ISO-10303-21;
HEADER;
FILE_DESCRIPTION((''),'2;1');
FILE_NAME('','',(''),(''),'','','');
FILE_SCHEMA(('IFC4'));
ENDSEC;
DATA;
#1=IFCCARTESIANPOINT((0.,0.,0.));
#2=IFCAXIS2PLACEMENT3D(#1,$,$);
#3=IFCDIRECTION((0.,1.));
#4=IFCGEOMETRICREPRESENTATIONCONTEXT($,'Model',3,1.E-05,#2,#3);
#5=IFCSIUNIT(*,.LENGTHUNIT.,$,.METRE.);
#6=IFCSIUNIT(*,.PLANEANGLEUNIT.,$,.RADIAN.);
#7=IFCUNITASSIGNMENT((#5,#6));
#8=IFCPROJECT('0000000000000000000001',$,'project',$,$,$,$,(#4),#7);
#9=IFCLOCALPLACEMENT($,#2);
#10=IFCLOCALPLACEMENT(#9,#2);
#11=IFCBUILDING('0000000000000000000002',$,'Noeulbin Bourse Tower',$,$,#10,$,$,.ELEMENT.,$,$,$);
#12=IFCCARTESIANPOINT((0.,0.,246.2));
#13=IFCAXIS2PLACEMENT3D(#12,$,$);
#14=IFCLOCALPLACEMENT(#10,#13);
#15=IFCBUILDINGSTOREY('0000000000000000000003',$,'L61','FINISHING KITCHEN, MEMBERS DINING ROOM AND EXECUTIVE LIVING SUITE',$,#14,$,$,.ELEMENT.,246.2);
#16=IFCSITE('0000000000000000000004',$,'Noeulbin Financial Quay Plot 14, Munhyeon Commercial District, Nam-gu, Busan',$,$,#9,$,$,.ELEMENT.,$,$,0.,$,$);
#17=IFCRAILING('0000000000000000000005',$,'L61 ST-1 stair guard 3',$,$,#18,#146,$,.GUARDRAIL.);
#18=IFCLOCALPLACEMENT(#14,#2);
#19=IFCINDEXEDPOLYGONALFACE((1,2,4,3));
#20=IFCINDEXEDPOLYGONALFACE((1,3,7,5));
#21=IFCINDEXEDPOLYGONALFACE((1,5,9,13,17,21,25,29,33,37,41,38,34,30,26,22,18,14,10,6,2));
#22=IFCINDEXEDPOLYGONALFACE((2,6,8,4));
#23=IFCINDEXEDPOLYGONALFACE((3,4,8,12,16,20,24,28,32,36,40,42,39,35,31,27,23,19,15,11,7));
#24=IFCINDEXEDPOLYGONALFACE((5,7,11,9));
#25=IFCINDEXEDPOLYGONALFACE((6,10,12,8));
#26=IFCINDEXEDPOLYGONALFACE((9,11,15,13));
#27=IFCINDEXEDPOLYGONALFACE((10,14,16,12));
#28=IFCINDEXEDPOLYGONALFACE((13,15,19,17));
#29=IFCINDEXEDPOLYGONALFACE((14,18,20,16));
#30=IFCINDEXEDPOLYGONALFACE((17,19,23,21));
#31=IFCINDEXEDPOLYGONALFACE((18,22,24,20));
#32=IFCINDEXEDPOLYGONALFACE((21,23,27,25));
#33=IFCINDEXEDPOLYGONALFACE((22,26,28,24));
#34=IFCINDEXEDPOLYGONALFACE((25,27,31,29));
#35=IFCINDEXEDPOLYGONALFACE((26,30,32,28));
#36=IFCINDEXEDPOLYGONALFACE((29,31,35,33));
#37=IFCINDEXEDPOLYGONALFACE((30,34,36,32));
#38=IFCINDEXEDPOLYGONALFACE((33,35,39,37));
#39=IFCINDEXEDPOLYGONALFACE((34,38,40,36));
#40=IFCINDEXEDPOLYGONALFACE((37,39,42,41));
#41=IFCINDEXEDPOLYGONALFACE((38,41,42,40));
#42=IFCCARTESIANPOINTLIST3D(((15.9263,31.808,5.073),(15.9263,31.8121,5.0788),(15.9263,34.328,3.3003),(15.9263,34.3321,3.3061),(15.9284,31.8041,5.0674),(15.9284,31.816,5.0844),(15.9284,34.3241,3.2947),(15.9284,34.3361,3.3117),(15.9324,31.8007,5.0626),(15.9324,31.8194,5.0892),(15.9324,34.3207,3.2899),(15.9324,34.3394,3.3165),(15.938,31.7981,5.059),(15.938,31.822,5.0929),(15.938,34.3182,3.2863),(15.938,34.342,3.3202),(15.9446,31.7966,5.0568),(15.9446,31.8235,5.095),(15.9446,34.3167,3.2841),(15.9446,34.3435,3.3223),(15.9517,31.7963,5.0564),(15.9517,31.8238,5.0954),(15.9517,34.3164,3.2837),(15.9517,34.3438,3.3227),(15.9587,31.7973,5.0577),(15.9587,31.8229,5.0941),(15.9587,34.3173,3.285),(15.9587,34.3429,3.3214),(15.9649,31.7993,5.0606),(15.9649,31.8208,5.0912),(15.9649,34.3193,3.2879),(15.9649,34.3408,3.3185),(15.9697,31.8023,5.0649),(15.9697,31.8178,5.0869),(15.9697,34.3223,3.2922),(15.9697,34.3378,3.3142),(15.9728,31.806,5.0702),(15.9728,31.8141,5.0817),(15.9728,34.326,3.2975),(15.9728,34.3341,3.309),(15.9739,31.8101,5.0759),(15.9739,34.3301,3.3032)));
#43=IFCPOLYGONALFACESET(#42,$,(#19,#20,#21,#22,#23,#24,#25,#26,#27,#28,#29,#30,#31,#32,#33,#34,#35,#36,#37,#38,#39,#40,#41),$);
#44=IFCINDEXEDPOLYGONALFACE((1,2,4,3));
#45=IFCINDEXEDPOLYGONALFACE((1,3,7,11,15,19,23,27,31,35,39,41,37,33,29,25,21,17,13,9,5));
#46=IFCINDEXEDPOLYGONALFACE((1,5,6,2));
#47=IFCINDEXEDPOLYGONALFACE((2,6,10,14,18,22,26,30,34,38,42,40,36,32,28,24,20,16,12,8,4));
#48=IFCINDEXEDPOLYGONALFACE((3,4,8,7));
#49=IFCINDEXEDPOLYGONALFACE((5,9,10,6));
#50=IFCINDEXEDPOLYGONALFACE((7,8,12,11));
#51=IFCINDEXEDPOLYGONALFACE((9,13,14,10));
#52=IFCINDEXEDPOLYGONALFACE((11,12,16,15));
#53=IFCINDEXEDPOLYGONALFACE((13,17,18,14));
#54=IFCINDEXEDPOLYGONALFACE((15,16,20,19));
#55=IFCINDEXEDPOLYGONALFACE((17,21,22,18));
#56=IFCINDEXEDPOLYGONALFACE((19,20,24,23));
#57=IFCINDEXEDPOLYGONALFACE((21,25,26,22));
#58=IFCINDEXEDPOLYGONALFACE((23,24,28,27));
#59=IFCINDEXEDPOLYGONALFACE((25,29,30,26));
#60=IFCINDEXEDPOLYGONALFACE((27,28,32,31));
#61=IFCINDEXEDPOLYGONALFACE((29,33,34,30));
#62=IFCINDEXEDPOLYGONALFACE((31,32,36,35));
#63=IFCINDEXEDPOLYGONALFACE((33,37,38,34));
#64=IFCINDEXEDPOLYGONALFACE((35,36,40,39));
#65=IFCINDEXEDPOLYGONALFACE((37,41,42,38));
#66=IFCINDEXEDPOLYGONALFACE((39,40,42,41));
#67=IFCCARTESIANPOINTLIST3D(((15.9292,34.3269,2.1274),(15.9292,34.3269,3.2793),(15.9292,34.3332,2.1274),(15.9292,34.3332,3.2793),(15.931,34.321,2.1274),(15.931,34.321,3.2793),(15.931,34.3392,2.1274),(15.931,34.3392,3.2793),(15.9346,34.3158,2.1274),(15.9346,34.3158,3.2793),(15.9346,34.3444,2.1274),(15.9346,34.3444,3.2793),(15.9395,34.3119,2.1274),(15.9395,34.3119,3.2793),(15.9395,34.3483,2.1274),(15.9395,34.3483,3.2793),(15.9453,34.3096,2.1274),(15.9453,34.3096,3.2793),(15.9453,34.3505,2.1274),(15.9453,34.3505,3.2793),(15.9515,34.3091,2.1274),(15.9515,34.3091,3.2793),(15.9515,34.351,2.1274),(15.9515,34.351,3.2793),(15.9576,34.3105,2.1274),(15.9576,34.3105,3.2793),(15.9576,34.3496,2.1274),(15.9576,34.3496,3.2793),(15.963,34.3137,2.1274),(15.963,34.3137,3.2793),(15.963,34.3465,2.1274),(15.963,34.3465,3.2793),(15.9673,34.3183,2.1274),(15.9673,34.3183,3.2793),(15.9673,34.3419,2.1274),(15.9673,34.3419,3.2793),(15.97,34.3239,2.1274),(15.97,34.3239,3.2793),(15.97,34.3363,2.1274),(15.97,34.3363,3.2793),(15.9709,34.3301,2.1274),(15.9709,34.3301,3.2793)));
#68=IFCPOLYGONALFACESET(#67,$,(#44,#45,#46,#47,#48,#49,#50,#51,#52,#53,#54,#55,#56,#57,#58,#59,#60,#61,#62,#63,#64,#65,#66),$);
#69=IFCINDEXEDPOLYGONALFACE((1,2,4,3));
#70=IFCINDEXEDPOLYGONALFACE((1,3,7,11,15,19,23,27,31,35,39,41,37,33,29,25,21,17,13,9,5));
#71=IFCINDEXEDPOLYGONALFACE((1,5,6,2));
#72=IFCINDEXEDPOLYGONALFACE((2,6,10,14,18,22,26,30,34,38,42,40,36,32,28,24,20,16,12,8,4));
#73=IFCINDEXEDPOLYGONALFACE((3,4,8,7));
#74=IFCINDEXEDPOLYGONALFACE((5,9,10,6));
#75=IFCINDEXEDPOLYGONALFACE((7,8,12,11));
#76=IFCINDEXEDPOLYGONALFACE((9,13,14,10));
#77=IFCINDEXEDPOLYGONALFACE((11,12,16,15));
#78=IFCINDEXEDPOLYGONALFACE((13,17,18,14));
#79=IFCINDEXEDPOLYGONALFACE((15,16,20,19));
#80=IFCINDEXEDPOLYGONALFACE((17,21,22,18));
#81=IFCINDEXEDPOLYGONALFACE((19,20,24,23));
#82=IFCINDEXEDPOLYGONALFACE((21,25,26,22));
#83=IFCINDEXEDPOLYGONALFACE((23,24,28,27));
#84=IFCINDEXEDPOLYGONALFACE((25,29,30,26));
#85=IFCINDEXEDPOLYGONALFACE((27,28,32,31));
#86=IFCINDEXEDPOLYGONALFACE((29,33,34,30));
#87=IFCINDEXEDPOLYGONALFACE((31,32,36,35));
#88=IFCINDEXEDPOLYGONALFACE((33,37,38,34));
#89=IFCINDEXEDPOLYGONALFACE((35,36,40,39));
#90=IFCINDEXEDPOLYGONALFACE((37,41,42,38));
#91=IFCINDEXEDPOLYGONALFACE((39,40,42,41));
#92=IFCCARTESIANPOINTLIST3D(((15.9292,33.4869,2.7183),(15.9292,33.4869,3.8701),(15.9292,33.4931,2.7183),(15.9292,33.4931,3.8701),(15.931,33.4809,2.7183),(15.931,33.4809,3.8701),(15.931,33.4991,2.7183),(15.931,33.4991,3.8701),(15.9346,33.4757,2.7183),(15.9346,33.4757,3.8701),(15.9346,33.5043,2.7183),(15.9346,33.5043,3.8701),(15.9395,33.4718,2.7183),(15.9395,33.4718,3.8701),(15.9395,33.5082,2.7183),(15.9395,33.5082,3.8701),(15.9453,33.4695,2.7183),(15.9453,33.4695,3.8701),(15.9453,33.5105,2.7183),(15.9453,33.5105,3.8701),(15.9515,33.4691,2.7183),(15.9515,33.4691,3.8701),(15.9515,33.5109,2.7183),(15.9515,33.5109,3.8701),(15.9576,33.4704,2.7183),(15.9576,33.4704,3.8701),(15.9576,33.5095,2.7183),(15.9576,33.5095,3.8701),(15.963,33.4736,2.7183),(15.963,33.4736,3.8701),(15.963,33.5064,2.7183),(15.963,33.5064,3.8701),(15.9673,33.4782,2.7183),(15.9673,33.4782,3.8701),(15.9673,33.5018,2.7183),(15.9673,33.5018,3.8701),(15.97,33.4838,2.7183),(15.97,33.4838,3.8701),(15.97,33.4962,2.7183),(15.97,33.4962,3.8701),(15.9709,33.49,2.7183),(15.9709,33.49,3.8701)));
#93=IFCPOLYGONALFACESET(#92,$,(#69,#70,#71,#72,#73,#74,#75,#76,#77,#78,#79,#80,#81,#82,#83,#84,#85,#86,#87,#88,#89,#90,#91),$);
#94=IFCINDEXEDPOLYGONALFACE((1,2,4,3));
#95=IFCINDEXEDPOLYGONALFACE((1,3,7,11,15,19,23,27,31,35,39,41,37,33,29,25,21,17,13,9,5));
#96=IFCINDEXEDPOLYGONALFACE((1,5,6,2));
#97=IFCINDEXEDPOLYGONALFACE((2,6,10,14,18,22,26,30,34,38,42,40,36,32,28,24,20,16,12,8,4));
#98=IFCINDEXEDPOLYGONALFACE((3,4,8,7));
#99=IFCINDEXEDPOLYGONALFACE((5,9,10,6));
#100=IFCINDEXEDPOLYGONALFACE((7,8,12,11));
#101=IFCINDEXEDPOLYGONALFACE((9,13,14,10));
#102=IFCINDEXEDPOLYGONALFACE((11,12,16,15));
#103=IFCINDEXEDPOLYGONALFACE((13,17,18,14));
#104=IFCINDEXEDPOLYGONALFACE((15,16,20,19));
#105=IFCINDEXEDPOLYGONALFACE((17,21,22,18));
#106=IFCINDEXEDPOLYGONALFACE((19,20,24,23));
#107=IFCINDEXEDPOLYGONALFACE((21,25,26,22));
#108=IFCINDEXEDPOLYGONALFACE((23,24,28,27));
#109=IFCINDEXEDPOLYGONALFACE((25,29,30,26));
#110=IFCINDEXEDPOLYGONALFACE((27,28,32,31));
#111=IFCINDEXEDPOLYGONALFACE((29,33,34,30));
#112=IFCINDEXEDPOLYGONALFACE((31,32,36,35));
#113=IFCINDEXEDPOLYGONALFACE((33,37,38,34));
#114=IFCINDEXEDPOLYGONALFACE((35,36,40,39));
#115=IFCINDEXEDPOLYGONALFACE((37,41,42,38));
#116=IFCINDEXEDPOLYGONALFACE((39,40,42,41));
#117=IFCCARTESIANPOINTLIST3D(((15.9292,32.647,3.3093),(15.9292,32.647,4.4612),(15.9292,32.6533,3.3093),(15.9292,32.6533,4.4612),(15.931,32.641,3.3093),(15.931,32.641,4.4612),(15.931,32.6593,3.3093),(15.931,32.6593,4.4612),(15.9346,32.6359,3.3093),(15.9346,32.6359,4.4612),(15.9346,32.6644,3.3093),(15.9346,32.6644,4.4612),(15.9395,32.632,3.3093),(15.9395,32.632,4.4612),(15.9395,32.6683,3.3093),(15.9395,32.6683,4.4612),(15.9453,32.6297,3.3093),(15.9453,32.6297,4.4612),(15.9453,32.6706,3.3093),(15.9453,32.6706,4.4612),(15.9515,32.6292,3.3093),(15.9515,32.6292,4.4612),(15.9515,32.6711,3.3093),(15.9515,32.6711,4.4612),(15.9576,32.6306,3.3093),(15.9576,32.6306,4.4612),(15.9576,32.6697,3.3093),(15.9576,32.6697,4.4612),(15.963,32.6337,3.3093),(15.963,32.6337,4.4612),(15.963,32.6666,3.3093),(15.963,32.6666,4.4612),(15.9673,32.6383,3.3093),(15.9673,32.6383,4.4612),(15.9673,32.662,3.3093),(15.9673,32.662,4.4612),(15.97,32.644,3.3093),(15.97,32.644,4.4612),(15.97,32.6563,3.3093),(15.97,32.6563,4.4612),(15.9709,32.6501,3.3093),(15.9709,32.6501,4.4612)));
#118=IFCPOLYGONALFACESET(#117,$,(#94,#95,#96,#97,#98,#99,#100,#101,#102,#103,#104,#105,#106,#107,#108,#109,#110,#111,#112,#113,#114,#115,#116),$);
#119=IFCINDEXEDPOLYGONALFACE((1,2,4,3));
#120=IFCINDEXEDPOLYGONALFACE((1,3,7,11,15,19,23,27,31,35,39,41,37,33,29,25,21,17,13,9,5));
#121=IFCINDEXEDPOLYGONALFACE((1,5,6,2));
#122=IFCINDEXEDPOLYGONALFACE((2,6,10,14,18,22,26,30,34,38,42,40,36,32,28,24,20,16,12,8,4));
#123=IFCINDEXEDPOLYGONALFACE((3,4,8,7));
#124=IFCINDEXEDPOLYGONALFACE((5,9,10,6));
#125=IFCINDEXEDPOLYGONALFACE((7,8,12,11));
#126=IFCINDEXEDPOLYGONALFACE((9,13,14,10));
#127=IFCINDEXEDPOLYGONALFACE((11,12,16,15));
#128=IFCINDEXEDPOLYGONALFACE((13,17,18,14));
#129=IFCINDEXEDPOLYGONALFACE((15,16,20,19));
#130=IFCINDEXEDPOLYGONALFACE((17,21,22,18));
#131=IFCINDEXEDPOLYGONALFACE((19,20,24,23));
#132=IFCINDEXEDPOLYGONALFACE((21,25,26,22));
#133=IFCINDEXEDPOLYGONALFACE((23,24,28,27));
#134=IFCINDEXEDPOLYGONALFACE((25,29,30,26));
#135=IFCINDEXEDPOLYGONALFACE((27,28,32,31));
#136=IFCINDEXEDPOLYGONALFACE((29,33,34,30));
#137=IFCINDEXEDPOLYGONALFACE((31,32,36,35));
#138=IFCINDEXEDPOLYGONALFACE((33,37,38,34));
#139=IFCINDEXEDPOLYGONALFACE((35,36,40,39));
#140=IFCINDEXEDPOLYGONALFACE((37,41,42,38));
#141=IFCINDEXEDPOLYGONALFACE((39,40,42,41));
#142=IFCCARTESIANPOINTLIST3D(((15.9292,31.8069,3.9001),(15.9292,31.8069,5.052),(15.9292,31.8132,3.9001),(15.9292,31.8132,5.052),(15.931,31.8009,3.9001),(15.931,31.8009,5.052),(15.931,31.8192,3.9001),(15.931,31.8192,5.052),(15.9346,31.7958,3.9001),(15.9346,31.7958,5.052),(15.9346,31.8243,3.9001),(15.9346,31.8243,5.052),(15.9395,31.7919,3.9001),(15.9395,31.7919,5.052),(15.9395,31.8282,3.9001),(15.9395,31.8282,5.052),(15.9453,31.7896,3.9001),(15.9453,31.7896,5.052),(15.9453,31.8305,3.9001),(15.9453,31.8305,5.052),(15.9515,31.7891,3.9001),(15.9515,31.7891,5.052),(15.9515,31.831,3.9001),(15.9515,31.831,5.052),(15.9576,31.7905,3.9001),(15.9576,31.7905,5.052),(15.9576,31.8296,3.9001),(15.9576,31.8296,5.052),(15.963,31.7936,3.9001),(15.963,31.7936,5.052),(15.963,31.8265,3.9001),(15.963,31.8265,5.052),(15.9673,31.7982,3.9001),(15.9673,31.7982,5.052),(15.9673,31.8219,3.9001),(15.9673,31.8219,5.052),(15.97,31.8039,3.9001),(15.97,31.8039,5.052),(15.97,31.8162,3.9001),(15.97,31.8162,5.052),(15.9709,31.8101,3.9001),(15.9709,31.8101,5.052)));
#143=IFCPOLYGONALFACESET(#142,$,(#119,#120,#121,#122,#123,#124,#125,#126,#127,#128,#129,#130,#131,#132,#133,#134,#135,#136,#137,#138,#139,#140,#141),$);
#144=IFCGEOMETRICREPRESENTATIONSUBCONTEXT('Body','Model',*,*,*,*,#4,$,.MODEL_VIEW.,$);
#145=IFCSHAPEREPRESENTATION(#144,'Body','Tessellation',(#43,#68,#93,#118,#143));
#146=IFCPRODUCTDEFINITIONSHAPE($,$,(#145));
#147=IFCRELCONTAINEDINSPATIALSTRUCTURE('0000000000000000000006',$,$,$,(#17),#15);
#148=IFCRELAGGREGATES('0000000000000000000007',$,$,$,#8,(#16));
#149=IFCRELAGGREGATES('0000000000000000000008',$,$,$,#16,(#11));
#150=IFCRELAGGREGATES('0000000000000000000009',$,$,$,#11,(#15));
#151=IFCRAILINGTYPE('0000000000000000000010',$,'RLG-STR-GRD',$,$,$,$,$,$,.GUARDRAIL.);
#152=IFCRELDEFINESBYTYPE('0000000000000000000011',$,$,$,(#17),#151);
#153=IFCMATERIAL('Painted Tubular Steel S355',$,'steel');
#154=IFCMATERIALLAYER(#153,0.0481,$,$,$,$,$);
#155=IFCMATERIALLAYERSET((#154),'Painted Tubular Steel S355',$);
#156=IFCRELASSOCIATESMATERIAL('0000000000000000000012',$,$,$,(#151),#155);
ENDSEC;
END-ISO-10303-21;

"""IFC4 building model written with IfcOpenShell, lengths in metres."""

from ifc_helpers import new_model, si_unit, direction, frame, origin, origin_2d, place, context, subcontext, project, spatial, circle, extrude, material, layer, layer_set, type_object, element, save


model = new_model("IFC4")

# Units and contexts
model_context = context("Model", 3, precision=1e-05, world=origin(), true_north=direction((0.0, 1.0)))
body_context = subcontext(model_context, "Body", "Model", "MODEL_VIEW")
ifc_project = project(units=[si_unit("LENGTHUNIT", "METRE"), si_unit("PLANEANGLEUNIT", "RADIAN")], contexts=[model_context])

# Site, building, storey
site_placement = place(None, origin())
site = spatial("IfcSite", under=ifc_project, at=site_placement, Name="Noeulbin Financial Quay Plot 14, Munhyeon Commercial District, Nam-gu, Busan", CompositionType="ELEMENT", RefElevation=0.0)
building_placement = place(site_placement, origin())
building = spatial("IfcBuilding", under=site, at=building_placement, Name="Noeulbin Bourse Tower", CompositionType="ELEMENT")
storey_placement = place(building_placement, frame((0.0, 0.0, 246.2)))
storey = spatial("IfcBuildingStorey", under=building, at=storey_placement, Name="L61", Description="FINISHING KITCHEN, MEMBERS DINING ROOM AND EXECUTIVE LIVING SUITE", CompositionType="ELEMENT", Elevation=246.2)

# Railing
ifc_material_1 = material(Name="Painted Tubular Steel S355", Category="steel")
ifc_layer_1 = layer(ifc_material_1, 0.0481)
ifc_layer_set_1 = layer_set([ifc_layer_1], Name="Painted Tubular Steel S355")
railing_type_1 = type_object("IfcRailingType", Name="RLG-STR-GRD", PredefinedType="GUARDRAIL", material=ifc_layer_set_1)
railing_1_placement = place(storey_placement, frame((15.95, 34.3301, 2.1274)))
element("IfcRailing", 1, at=railing_1_placement, inside=storey, type_object=railing_type_1, Name="L61 ST-1 stair guard 3", PredefinedType="GUARDRAIL", context=body_context, shape_type="SweptSolid", body=[
    extrude(circle(Radius=0.0239, at=origin_2d()), frame((0.0, 0.0, 1.1758), z_axis=(0.0, -0.817904, 0.575354), x_axis=(1.0, 0.0, 0.0)), (0.0, 0.0, 1.0), 3.0811),
    extrude(circle(Radius=0.021, at=origin_2d()), origin(), (0.0, 0.0, 1.0), 1.1519),
    extrude(circle(Radius=0.021, at=origin_2d()), frame((0.0, -0.8401, 0.5908)), (0.0, 0.0, 1.0), 1.1519),
    extrude(circle(Radius=0.021, at=origin_2d()), frame((0.0, -1.6799, 1.1819)), (0.0, 0.0, 1.0), 1.1519),
    extrude(circle(Radius=0.021, at=origin_2d()), frame((0.0, -2.52, 1.7727)), (0.0, 0.0, 1.0), 1.1519),
])

save(model, "model.ifc")
